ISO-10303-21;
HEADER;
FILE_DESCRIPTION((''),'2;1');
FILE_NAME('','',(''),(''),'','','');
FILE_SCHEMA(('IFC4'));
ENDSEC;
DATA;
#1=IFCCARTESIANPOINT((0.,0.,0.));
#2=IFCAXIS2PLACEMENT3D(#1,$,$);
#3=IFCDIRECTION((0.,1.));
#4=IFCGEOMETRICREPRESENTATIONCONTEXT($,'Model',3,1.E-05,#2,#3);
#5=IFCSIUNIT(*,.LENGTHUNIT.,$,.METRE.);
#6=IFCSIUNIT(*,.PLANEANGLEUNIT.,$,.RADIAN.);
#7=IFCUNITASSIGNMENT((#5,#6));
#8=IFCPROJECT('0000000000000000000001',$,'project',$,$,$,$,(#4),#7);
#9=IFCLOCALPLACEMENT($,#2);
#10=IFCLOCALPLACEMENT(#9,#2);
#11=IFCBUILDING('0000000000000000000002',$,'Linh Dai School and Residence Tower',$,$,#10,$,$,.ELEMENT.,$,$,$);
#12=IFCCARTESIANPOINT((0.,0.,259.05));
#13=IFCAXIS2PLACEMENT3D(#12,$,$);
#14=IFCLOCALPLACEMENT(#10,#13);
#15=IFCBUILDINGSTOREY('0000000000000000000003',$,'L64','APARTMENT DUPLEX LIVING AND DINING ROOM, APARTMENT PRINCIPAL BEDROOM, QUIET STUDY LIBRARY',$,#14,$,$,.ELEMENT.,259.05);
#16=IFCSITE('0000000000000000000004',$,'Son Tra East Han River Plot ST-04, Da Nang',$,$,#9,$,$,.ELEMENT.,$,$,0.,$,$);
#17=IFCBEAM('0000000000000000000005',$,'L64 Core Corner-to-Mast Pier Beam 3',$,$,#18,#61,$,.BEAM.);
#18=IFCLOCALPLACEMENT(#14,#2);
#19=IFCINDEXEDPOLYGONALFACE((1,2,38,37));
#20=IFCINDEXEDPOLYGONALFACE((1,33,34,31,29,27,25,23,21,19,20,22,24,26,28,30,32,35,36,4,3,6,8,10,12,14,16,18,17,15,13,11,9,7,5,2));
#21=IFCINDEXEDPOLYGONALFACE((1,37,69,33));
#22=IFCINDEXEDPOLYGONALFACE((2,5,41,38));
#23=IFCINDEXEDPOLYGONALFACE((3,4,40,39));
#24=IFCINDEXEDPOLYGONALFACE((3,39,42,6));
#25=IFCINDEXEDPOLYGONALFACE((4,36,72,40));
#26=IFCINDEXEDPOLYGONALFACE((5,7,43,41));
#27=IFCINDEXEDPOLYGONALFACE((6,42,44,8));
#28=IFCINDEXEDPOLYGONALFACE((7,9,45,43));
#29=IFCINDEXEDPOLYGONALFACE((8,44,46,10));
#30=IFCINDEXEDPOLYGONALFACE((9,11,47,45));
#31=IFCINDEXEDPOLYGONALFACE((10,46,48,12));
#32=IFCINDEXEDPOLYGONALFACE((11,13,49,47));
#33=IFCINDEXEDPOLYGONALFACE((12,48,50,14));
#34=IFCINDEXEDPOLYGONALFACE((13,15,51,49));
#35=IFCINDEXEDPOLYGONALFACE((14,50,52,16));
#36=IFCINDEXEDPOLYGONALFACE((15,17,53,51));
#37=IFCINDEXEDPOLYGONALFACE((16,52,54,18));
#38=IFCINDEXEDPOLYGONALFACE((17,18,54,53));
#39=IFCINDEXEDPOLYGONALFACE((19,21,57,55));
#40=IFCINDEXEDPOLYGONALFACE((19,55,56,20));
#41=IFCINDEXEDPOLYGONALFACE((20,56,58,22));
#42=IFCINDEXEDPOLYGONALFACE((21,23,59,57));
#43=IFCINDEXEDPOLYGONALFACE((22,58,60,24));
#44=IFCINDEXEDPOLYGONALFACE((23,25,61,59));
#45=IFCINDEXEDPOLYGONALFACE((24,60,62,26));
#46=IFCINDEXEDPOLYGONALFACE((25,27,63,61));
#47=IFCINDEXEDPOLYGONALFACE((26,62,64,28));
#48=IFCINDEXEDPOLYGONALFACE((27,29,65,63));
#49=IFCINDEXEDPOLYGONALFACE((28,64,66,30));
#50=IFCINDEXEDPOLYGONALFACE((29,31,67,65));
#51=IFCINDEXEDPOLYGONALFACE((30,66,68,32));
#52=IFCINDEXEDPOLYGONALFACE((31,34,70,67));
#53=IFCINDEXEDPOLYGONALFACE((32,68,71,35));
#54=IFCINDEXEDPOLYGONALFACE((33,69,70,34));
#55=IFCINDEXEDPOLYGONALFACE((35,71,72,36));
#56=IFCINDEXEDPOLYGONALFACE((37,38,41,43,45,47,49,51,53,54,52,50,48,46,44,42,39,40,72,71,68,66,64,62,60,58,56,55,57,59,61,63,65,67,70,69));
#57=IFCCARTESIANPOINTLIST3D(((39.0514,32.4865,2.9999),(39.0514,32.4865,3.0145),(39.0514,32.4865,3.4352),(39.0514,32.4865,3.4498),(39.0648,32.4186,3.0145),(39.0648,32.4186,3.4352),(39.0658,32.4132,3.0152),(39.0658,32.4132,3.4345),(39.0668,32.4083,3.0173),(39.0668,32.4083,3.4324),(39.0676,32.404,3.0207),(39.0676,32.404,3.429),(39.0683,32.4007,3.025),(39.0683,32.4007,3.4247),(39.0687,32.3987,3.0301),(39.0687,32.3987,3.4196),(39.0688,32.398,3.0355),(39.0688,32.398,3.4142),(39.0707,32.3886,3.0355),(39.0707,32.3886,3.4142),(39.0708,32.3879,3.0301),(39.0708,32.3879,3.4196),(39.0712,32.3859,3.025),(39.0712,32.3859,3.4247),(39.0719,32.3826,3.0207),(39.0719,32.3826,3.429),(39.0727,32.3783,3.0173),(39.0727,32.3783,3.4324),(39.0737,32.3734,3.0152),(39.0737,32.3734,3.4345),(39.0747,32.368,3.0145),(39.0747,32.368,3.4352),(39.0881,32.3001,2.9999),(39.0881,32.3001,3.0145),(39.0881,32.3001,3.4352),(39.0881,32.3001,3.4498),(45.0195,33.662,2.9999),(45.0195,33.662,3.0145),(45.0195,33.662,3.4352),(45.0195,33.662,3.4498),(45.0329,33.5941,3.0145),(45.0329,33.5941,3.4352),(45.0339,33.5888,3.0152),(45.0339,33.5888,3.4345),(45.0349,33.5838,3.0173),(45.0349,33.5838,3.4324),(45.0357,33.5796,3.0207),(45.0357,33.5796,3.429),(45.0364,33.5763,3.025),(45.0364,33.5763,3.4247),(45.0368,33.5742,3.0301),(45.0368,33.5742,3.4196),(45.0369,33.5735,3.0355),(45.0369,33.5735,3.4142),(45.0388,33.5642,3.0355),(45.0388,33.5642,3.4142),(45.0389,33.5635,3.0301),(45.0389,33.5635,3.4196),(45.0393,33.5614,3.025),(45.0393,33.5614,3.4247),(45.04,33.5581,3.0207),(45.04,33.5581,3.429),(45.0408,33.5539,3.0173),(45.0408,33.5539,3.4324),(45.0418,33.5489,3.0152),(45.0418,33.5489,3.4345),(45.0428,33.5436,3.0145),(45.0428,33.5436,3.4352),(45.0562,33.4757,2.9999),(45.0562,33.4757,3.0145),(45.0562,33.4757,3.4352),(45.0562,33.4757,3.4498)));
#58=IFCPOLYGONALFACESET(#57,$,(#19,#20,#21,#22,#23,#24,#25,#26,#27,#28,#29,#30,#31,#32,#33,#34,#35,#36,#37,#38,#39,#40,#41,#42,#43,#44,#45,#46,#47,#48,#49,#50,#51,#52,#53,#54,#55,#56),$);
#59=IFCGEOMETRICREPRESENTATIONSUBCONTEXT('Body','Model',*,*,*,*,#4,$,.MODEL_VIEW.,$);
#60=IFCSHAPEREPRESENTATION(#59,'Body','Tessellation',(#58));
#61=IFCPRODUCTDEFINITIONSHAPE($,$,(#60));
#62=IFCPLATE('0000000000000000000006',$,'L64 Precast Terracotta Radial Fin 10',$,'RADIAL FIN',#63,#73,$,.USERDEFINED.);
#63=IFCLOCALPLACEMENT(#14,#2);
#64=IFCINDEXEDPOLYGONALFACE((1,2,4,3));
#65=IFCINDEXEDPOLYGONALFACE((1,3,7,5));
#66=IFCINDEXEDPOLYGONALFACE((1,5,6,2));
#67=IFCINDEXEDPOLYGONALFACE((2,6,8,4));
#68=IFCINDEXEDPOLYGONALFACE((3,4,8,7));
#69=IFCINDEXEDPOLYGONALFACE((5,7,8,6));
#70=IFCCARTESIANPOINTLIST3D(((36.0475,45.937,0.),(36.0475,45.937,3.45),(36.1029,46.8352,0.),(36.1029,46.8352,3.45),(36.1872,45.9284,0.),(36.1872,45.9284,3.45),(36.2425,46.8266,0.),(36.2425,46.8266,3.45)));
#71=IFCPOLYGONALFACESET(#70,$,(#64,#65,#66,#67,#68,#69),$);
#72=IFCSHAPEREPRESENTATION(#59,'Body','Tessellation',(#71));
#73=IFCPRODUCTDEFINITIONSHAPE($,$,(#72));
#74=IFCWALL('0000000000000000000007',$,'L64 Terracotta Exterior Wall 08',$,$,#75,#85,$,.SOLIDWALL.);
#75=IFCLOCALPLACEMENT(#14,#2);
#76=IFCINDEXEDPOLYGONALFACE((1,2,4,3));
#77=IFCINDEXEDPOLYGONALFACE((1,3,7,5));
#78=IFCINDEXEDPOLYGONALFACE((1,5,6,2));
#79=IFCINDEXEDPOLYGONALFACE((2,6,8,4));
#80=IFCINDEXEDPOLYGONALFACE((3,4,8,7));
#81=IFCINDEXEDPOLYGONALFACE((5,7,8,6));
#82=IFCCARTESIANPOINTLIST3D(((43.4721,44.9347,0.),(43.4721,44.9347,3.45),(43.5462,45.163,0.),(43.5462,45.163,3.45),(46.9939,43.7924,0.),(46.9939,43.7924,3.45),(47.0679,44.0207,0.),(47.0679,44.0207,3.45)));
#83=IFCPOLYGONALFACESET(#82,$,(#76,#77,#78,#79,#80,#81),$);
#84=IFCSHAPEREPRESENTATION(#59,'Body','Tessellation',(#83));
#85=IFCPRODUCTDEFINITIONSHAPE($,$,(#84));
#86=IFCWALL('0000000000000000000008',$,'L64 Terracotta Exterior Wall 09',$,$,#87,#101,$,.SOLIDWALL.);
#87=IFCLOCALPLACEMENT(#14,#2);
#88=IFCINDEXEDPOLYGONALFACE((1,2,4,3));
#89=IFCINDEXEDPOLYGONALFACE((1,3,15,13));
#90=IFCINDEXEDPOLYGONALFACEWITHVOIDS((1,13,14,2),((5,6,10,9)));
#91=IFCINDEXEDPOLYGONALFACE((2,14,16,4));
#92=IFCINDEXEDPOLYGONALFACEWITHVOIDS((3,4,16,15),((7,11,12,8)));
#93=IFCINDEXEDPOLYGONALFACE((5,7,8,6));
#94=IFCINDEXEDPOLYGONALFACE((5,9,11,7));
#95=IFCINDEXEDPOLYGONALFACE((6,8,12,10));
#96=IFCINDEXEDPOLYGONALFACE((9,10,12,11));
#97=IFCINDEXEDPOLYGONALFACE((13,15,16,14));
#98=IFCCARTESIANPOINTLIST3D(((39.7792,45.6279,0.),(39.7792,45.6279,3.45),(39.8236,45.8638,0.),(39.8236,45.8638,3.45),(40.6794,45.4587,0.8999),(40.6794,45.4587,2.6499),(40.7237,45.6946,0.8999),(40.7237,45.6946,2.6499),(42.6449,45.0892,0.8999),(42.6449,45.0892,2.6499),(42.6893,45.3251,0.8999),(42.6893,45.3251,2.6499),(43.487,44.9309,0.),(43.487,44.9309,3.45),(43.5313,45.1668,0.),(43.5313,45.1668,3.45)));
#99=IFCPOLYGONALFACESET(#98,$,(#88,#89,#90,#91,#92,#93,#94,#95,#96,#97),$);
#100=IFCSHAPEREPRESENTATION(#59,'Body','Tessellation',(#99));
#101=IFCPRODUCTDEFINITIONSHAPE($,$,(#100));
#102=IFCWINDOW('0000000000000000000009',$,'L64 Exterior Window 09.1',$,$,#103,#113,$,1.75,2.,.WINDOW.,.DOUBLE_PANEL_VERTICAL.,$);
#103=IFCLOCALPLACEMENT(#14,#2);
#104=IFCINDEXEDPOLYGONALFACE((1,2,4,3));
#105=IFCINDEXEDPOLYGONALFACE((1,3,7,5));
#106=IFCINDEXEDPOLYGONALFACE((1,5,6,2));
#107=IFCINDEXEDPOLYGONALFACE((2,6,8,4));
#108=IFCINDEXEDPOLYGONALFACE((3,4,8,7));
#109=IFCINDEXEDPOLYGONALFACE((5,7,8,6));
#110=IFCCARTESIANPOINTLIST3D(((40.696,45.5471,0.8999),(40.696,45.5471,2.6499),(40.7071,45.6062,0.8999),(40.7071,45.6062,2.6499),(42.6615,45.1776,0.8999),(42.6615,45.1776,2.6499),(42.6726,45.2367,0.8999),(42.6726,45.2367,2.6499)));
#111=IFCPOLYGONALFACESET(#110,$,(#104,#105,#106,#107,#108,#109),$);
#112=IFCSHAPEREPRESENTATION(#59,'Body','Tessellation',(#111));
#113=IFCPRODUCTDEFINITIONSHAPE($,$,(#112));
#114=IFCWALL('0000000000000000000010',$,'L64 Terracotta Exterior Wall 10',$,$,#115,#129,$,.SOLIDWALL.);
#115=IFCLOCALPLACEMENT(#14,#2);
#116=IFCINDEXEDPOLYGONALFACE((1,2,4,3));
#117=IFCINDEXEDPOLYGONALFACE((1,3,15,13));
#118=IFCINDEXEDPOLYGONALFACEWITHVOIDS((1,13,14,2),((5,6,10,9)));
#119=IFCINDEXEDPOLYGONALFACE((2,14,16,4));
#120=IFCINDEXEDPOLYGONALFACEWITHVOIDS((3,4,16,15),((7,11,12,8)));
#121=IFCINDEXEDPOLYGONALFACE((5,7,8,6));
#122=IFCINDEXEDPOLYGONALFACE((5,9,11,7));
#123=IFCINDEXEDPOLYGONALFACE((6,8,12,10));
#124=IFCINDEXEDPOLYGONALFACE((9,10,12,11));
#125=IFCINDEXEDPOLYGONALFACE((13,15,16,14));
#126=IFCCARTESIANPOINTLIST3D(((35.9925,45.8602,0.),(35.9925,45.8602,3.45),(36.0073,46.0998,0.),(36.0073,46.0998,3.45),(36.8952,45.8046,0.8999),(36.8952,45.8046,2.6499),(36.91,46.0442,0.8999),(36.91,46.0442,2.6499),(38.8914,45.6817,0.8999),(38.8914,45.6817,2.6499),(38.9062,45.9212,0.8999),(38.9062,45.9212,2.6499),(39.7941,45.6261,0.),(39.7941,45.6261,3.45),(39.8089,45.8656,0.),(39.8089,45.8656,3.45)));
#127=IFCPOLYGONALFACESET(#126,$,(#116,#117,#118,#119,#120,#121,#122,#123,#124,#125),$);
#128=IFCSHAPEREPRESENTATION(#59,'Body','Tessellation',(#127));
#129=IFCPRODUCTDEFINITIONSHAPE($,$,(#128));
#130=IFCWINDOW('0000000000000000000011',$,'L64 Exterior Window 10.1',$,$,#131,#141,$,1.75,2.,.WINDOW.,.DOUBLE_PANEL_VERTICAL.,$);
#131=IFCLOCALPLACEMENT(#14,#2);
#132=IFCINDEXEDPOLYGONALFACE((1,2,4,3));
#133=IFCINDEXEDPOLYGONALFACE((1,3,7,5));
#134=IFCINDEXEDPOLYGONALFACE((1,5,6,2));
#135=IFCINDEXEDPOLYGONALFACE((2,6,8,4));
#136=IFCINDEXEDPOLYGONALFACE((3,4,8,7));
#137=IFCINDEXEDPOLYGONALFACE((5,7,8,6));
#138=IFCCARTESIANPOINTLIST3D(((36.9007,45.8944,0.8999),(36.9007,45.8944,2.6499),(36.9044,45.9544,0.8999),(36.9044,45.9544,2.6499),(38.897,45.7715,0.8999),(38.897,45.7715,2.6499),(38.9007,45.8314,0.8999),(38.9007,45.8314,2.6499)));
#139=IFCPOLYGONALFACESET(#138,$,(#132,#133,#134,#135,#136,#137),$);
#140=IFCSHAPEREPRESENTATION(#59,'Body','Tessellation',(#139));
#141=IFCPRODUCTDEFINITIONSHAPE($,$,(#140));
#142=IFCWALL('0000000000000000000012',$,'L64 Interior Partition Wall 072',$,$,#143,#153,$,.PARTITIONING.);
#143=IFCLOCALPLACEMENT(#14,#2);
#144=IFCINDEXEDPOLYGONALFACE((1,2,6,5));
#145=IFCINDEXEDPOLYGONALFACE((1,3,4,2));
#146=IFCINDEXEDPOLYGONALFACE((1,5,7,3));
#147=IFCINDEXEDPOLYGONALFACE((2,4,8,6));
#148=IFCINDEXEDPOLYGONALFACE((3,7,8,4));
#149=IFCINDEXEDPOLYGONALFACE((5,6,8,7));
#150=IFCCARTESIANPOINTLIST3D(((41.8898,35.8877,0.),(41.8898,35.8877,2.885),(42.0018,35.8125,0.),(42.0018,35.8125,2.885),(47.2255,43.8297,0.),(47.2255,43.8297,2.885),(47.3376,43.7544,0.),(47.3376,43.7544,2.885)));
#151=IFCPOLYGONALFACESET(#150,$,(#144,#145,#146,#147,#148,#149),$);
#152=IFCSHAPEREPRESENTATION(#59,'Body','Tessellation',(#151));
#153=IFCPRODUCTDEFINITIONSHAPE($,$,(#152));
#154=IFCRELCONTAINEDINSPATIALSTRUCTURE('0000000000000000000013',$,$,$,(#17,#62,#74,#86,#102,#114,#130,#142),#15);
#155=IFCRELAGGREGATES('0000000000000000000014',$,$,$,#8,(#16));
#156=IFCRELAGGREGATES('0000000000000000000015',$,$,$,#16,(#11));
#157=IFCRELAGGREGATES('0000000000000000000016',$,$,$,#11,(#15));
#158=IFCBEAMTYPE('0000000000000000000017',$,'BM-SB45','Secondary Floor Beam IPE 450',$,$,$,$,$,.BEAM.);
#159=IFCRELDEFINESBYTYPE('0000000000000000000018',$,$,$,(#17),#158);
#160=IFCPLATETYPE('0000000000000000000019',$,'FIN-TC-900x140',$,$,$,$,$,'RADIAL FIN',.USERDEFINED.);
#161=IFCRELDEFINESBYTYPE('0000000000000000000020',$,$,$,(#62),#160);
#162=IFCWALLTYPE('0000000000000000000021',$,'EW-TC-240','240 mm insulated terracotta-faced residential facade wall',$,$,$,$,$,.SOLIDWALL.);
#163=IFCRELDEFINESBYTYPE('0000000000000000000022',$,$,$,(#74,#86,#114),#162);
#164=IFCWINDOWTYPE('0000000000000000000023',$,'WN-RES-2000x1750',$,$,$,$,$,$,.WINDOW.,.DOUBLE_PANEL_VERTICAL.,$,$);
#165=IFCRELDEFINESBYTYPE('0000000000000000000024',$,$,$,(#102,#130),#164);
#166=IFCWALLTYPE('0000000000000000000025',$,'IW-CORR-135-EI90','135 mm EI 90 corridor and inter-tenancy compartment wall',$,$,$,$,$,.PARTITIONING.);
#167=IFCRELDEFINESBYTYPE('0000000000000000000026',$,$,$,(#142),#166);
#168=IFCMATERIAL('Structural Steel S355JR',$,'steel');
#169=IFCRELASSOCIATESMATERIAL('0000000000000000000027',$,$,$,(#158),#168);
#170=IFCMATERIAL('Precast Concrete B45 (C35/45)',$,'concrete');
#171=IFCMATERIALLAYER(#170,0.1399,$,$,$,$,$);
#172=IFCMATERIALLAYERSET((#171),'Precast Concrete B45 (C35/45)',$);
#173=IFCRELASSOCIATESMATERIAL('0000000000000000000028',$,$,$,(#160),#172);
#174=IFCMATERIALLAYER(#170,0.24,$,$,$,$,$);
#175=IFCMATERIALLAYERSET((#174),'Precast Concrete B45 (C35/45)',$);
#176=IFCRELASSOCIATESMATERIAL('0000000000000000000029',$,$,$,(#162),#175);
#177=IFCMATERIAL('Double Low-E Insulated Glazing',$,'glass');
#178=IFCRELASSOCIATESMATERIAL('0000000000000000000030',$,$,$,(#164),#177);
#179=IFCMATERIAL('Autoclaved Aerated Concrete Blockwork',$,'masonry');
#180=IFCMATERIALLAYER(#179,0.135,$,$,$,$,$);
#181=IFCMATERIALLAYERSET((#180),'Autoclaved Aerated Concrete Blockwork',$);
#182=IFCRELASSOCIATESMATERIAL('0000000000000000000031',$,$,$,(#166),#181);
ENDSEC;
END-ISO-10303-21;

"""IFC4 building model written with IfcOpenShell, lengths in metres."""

from ifc_helpers import new_model, si_unit, direction, frame, frame_2d, origin, origin_2d, place, context, subcontext, project, spatial, rectangle, i_section, extrude, source, transform, mapped, material, layer, layer_set, material_profile, profile_set, type_object, element, fill, save


model = new_model("IFC4")

# Units and contexts
model_context = context("Model", 3, precision=1e-05, world=origin(), true_north=direction((0.0, 1.0)))
body_context = subcontext(model_context, "Body", "Model", "MODEL_VIEW")
ifc_project = project(units=[si_unit("LENGTHUNIT", "METRE"), si_unit("PLANEANGLEUNIT", "RADIAN")], contexts=[model_context])

# Site, building, storey
site_placement = place(None, origin())
site = spatial("IfcSite", under=ifc_project, at=site_placement, Name="Son Tra East Han River Plot ST-04, Da Nang", CompositionType="ELEMENT", RefElevation=0.0)
building_placement = place(site_placement, origin())
building = spatial("IfcBuilding", under=site, at=building_placement, Name="Linh Dai School and Residence Tower", CompositionType="ELEMENT")
storey_placement = place(building_placement, frame((0.0, 0.0, 259.05)))
storey = spatial("IfcBuildingStorey", under=building, at=storey_placement, Name="L64", Description="APARTMENT DUPLEX LIVING AND DINING ROOM, APARTMENT PRINCIPAL BEDROOM, QUIET STUDY LIBRARY", CompositionType="ELEMENT", Elevation=259.05)

# Shared definitions
ifc_material_1 = material(Name="Structural Steel S355JR", Category="steel")

# Beam
ifc_material_profile_1 = material_profile(ifc_material_1, i_section(OverallWidth=0.1899, OverallDepth=0.45, WebThickness=0.0095, FlangeThickness=0.0146, FilletRadius=0.021, at=origin_2d()), Name="IPE 450")
ifc_profile_set_1 = profile_set([ifc_material_profile_1], Name="Structural Steel S355JR")
beam_type_1 = type_object("IfcBeamType", Name="BM-SB45", Description="Secondary Floor Beam IPE 450", PredefinedType="BEAM", material=ifc_profile_set_1)
beam_1_placement = place(storey_placement, frame((45.0378, 33.5688, 3.2249), z_axis=(-0.981148, -0.193259, 0.0), x_axis=(0.193259, -0.981148, 0.0)))
element("IfcBeam", 1, at=beam_1_placement, inside=storey, type_object=beam_type_1, Name="L64 Core Corner-to-Mast Pier Beam 3", PredefinedType="BEAM", context=body_context, shape_type="SweptSolid", body=[
    extrude(i_section(OverallWidth=0.1899, OverallDepth=0.45, WebThickness=0.0095, FlangeThickness=0.0146, FilletRadius=0.021, at=origin_2d()), origin(), (0.0, 0.0, 1.0), 6.0828),
])

# Plate
ifc_material_2 = material(Name="Precast Concrete B45 (C35/45)", Category="concrete")
ifc_layer_1 = layer(ifc_material_2, 0.1399)
ifc_layer_set_1 = layer_set([ifc_layer_1], Name="Precast Concrete B45 (C35/45)")
plate_type = type_object("IfcPlateType", Name="FIN-TC-900x140", ElementType="RADIAL FIN", PredefinedType="USERDEFINED", material=ifc_layer_set_1)
shared_shape_1 = source(origin(), body_context, "Body", "SweptSolid", [
    extrude(rectangle(XDim=0.8999, YDim=0.1399, at=origin_2d()), origin(), (0.0, 0.0, 1.0), 3.45),
])
plate_placement = place(storey_placement, frame((36.145, 46.3818, 0.0), z_axis=(0.0, 0.0, 1.0), x_axis=(0.061504, 0.998107, 0.0)))
element("IfcPlate", 2, at=plate_placement, inside=storey, type_object=plate_type, Name="L64 Precast Terracotta Radial Fin 10", ObjectType="RADIAL FIN", PredefinedType="USERDEFINED", context=body_context, shape_type="MappedRepresentation", body=[
    mapped(shared_shape_1, transform((0.0, 0.0, 0.0), x_axis=(1.0, 0.0, 0.0), y_axis=(0.0, 1.0, 0.0), z_axis=(0.0, 0.0, 1.0), scale=1.0)),
])

# Wall
ifc_layer_2 = layer(ifc_material_2, 0.24)
ifc_layer_set_2 = layer_set([ifc_layer_2], Name="Precast Concrete B45 (C35/45)")
wall_type_1 = type_object("IfcWallType", Name="EW-TC-240", Description="240 mm insulated terracotta-faced residential facade wall", PredefinedType="SOLIDWALL", material=ifc_layer_set_2)
wall_1_placement = place(storey_placement, frame((43.5093, 45.0488, 0.0), z_axis=(0.0, 0.0, 1.0), x_axis=(0.951211, -0.308542, 0.0)))
element("IfcWall", 3, at=wall_1_placement, inside=storey, type_object=wall_type_1, Name="L64 Terracotta Exterior Wall 08", PredefinedType="SOLIDWALL", context=body_context, shape_type="SweptSolid", body=[
    extrude(rectangle(XDim=3.7024, YDim=0.24, at=frame_2d((1.8511, 0.0))), origin(), (0.0, 0.0, 1.0), 3.45),
])

# Walls, openings, windows
wall_2_placement = place(storey_placement, frame((39.8015, 45.7458, 0.0), z_axis=(0.0, 0.0, 1.0), x_axis=(0.982785, -0.184753, 0.0)))
wall_2 = element("IfcWall", 4, at=wall_2_placement, inside=storey, type_object=wall_type_1, Name="L64 Terracotta Exterior Wall 09", PredefinedType="SOLIDWALL", context=body_context, shape_type="SweptSolid", body=[
    extrude(rectangle(XDim=3.7727, YDim=0.24, at=frame_2d((1.8862, 0.0))), origin(), (0.0, 0.0, 1.0), 3.45),
])
opening_1_placement = place(wall_2_placement, frame((0.9158, 0.0, 0.8999)))
opening_1 = element("IfcOpeningElement", 5, at=opening_1_placement, cuts=wall_2, PredefinedType="OPENING", context=body_context, shape_type="SweptSolid", body=[
    extrude(rectangle(XDim=2.0, YDim=1.75, at=origin_2d()), frame((1.0, 0.1299, 0.875), z_axis=(0.0, -1.0, 0.0), x_axis=(1.0, 0.0, 0.0)), (0.0, 0.0, 1.0), 0.26),
])
ifc_material_3 = material(Name="Double Low-E Insulated Glazing", Category="glass")
window_type = type_object("IfcWindowType", Name="WN-RES-2000x1750", PartitioningType="DOUBLE_PANEL_VERTICAL", PredefinedType="WINDOW", material=ifc_material_3)
shared_shape_2 = source(origin(), body_context, "Body", "SweptSolid", [
    extrude(rectangle(XDim=2.0, YDim=1.75, at=origin_2d()), frame((1.0, 0.03, 0.875), z_axis=(0.0, -1.0, 0.0), x_axis=(1.0, 0.0, 0.0)), (0.0, 0.0, 1.0), 0.0601),
])
window_1_placement = place(opening_1_placement, origin())
window_1 = element("IfcWindow", 6, at=window_1_placement, inside=storey, type_object=window_type, Name="L64 Exterior Window 09.1", OverallHeight=1.75, OverallWidth=2.0, PartitioningType="DOUBLE_PANEL_VERTICAL", PredefinedType="WINDOW", context=body_context, shape_type="MappedRepresentation", body=[
    mapped(shared_shape_2, transform((0.0, 0.0, 0.0), x_axis=(1.0, 0.0, 0.0), y_axis=(0.0, 1.0, 0.0), z_axis=(0.0, 0.0, 1.0), scale=1.0)),
])
fill(opening_1, window_1)
wall_3_placement = place(storey_placement, frame((36.0, 45.98, 0.0), z_axis=(0.0, 0.0, 1.0), x_axis=(0.998109, -0.061472, 0.0)))
wall_3 = element("IfcWall", 7, at=wall_3_placement, inside=storey, type_object=wall_type_1, Name="L64 Terracotta Exterior Wall 10", PredefinedType="SOLIDWALL", context=body_context, shape_type="SweptSolid", body=[
    extrude(rectangle(XDim=3.8088, YDim=0.24, at=frame_2d((1.9043, 0.0))), origin(), (0.0, 0.0, 1.0), 3.45),
])
opening_2_placement = place(wall_3_placement, frame((0.9043, 0.0, 0.8999)))
opening_2 = element("IfcOpeningElement", 8, at=opening_2_placement, cuts=wall_3, PredefinedType="OPENING", context=body_context, shape_type="SweptSolid", body=[
    extrude(rectangle(XDim=2.0, YDim=1.75, at=origin_2d()), frame((1.0, 0.1299, 0.875), z_axis=(0.0, -1.0, 0.0), x_axis=(1.0, 0.0, 0.0)), (0.0, 0.0, 1.0), 0.26),
])
window_2_placement = place(opening_2_placement, origin())
window_2 = element("IfcWindow", 9, at=window_2_placement, inside=storey, type_object=window_type, Name="L64 Exterior Window 10.1", OverallHeight=1.75, OverallWidth=2.0, PartitioningType="DOUBLE_PANEL_VERTICAL", PredefinedType="WINDOW", context=body_context, shape_type="MappedRepresentation", body=[
    mapped(shared_shape_2, transform((0.0, 0.0, 0.0), x_axis=(1.0, 0.0, 0.0), y_axis=(0.0, 1.0, 0.0), z_axis=(0.0, 0.0, 1.0), scale=1.0)),
])
fill(opening_2, window_2)

# Wall
ifc_material_4 = material(Name="Autoclaved Aerated Concrete Blockwork", Category="masonry")
ifc_layer_3 = layer(ifc_material_4, 0.135)
ifc_layer_set_3 = layer_set([ifc_layer_3], Name="Autoclaved Aerated Concrete Blockwork")
wall_type_2 = type_object("IfcWallType", Name="IW-CORR-135-EI90", Description="135 mm EI 90 corridor and inter-tenancy compartment wall", PredefinedType="PARTITIONING", material=ifc_layer_set_3)
wall_4_placement = place(storey_placement, frame((41.9458, 35.8501, 0.0), z_axis=(0.0, 0.0, 1.0), x_axis=(0.55767, 0.830063, 0.0)))
element("IfcWall", 10, at=wall_4_placement, inside=storey, type_object=wall_type_2, Name="L64 Interior Partition Wall 072", PredefinedType="PARTITIONING", context=body_context, shape_type="SweptSolid", body=[
    extrude(rectangle(XDim=9.5679, YDim=0.135, at=frame_2d((4.7839, 0.0))), origin(), (0.0, 0.0, 1.0), 2.885),
])

save(model, "model.ifc")
